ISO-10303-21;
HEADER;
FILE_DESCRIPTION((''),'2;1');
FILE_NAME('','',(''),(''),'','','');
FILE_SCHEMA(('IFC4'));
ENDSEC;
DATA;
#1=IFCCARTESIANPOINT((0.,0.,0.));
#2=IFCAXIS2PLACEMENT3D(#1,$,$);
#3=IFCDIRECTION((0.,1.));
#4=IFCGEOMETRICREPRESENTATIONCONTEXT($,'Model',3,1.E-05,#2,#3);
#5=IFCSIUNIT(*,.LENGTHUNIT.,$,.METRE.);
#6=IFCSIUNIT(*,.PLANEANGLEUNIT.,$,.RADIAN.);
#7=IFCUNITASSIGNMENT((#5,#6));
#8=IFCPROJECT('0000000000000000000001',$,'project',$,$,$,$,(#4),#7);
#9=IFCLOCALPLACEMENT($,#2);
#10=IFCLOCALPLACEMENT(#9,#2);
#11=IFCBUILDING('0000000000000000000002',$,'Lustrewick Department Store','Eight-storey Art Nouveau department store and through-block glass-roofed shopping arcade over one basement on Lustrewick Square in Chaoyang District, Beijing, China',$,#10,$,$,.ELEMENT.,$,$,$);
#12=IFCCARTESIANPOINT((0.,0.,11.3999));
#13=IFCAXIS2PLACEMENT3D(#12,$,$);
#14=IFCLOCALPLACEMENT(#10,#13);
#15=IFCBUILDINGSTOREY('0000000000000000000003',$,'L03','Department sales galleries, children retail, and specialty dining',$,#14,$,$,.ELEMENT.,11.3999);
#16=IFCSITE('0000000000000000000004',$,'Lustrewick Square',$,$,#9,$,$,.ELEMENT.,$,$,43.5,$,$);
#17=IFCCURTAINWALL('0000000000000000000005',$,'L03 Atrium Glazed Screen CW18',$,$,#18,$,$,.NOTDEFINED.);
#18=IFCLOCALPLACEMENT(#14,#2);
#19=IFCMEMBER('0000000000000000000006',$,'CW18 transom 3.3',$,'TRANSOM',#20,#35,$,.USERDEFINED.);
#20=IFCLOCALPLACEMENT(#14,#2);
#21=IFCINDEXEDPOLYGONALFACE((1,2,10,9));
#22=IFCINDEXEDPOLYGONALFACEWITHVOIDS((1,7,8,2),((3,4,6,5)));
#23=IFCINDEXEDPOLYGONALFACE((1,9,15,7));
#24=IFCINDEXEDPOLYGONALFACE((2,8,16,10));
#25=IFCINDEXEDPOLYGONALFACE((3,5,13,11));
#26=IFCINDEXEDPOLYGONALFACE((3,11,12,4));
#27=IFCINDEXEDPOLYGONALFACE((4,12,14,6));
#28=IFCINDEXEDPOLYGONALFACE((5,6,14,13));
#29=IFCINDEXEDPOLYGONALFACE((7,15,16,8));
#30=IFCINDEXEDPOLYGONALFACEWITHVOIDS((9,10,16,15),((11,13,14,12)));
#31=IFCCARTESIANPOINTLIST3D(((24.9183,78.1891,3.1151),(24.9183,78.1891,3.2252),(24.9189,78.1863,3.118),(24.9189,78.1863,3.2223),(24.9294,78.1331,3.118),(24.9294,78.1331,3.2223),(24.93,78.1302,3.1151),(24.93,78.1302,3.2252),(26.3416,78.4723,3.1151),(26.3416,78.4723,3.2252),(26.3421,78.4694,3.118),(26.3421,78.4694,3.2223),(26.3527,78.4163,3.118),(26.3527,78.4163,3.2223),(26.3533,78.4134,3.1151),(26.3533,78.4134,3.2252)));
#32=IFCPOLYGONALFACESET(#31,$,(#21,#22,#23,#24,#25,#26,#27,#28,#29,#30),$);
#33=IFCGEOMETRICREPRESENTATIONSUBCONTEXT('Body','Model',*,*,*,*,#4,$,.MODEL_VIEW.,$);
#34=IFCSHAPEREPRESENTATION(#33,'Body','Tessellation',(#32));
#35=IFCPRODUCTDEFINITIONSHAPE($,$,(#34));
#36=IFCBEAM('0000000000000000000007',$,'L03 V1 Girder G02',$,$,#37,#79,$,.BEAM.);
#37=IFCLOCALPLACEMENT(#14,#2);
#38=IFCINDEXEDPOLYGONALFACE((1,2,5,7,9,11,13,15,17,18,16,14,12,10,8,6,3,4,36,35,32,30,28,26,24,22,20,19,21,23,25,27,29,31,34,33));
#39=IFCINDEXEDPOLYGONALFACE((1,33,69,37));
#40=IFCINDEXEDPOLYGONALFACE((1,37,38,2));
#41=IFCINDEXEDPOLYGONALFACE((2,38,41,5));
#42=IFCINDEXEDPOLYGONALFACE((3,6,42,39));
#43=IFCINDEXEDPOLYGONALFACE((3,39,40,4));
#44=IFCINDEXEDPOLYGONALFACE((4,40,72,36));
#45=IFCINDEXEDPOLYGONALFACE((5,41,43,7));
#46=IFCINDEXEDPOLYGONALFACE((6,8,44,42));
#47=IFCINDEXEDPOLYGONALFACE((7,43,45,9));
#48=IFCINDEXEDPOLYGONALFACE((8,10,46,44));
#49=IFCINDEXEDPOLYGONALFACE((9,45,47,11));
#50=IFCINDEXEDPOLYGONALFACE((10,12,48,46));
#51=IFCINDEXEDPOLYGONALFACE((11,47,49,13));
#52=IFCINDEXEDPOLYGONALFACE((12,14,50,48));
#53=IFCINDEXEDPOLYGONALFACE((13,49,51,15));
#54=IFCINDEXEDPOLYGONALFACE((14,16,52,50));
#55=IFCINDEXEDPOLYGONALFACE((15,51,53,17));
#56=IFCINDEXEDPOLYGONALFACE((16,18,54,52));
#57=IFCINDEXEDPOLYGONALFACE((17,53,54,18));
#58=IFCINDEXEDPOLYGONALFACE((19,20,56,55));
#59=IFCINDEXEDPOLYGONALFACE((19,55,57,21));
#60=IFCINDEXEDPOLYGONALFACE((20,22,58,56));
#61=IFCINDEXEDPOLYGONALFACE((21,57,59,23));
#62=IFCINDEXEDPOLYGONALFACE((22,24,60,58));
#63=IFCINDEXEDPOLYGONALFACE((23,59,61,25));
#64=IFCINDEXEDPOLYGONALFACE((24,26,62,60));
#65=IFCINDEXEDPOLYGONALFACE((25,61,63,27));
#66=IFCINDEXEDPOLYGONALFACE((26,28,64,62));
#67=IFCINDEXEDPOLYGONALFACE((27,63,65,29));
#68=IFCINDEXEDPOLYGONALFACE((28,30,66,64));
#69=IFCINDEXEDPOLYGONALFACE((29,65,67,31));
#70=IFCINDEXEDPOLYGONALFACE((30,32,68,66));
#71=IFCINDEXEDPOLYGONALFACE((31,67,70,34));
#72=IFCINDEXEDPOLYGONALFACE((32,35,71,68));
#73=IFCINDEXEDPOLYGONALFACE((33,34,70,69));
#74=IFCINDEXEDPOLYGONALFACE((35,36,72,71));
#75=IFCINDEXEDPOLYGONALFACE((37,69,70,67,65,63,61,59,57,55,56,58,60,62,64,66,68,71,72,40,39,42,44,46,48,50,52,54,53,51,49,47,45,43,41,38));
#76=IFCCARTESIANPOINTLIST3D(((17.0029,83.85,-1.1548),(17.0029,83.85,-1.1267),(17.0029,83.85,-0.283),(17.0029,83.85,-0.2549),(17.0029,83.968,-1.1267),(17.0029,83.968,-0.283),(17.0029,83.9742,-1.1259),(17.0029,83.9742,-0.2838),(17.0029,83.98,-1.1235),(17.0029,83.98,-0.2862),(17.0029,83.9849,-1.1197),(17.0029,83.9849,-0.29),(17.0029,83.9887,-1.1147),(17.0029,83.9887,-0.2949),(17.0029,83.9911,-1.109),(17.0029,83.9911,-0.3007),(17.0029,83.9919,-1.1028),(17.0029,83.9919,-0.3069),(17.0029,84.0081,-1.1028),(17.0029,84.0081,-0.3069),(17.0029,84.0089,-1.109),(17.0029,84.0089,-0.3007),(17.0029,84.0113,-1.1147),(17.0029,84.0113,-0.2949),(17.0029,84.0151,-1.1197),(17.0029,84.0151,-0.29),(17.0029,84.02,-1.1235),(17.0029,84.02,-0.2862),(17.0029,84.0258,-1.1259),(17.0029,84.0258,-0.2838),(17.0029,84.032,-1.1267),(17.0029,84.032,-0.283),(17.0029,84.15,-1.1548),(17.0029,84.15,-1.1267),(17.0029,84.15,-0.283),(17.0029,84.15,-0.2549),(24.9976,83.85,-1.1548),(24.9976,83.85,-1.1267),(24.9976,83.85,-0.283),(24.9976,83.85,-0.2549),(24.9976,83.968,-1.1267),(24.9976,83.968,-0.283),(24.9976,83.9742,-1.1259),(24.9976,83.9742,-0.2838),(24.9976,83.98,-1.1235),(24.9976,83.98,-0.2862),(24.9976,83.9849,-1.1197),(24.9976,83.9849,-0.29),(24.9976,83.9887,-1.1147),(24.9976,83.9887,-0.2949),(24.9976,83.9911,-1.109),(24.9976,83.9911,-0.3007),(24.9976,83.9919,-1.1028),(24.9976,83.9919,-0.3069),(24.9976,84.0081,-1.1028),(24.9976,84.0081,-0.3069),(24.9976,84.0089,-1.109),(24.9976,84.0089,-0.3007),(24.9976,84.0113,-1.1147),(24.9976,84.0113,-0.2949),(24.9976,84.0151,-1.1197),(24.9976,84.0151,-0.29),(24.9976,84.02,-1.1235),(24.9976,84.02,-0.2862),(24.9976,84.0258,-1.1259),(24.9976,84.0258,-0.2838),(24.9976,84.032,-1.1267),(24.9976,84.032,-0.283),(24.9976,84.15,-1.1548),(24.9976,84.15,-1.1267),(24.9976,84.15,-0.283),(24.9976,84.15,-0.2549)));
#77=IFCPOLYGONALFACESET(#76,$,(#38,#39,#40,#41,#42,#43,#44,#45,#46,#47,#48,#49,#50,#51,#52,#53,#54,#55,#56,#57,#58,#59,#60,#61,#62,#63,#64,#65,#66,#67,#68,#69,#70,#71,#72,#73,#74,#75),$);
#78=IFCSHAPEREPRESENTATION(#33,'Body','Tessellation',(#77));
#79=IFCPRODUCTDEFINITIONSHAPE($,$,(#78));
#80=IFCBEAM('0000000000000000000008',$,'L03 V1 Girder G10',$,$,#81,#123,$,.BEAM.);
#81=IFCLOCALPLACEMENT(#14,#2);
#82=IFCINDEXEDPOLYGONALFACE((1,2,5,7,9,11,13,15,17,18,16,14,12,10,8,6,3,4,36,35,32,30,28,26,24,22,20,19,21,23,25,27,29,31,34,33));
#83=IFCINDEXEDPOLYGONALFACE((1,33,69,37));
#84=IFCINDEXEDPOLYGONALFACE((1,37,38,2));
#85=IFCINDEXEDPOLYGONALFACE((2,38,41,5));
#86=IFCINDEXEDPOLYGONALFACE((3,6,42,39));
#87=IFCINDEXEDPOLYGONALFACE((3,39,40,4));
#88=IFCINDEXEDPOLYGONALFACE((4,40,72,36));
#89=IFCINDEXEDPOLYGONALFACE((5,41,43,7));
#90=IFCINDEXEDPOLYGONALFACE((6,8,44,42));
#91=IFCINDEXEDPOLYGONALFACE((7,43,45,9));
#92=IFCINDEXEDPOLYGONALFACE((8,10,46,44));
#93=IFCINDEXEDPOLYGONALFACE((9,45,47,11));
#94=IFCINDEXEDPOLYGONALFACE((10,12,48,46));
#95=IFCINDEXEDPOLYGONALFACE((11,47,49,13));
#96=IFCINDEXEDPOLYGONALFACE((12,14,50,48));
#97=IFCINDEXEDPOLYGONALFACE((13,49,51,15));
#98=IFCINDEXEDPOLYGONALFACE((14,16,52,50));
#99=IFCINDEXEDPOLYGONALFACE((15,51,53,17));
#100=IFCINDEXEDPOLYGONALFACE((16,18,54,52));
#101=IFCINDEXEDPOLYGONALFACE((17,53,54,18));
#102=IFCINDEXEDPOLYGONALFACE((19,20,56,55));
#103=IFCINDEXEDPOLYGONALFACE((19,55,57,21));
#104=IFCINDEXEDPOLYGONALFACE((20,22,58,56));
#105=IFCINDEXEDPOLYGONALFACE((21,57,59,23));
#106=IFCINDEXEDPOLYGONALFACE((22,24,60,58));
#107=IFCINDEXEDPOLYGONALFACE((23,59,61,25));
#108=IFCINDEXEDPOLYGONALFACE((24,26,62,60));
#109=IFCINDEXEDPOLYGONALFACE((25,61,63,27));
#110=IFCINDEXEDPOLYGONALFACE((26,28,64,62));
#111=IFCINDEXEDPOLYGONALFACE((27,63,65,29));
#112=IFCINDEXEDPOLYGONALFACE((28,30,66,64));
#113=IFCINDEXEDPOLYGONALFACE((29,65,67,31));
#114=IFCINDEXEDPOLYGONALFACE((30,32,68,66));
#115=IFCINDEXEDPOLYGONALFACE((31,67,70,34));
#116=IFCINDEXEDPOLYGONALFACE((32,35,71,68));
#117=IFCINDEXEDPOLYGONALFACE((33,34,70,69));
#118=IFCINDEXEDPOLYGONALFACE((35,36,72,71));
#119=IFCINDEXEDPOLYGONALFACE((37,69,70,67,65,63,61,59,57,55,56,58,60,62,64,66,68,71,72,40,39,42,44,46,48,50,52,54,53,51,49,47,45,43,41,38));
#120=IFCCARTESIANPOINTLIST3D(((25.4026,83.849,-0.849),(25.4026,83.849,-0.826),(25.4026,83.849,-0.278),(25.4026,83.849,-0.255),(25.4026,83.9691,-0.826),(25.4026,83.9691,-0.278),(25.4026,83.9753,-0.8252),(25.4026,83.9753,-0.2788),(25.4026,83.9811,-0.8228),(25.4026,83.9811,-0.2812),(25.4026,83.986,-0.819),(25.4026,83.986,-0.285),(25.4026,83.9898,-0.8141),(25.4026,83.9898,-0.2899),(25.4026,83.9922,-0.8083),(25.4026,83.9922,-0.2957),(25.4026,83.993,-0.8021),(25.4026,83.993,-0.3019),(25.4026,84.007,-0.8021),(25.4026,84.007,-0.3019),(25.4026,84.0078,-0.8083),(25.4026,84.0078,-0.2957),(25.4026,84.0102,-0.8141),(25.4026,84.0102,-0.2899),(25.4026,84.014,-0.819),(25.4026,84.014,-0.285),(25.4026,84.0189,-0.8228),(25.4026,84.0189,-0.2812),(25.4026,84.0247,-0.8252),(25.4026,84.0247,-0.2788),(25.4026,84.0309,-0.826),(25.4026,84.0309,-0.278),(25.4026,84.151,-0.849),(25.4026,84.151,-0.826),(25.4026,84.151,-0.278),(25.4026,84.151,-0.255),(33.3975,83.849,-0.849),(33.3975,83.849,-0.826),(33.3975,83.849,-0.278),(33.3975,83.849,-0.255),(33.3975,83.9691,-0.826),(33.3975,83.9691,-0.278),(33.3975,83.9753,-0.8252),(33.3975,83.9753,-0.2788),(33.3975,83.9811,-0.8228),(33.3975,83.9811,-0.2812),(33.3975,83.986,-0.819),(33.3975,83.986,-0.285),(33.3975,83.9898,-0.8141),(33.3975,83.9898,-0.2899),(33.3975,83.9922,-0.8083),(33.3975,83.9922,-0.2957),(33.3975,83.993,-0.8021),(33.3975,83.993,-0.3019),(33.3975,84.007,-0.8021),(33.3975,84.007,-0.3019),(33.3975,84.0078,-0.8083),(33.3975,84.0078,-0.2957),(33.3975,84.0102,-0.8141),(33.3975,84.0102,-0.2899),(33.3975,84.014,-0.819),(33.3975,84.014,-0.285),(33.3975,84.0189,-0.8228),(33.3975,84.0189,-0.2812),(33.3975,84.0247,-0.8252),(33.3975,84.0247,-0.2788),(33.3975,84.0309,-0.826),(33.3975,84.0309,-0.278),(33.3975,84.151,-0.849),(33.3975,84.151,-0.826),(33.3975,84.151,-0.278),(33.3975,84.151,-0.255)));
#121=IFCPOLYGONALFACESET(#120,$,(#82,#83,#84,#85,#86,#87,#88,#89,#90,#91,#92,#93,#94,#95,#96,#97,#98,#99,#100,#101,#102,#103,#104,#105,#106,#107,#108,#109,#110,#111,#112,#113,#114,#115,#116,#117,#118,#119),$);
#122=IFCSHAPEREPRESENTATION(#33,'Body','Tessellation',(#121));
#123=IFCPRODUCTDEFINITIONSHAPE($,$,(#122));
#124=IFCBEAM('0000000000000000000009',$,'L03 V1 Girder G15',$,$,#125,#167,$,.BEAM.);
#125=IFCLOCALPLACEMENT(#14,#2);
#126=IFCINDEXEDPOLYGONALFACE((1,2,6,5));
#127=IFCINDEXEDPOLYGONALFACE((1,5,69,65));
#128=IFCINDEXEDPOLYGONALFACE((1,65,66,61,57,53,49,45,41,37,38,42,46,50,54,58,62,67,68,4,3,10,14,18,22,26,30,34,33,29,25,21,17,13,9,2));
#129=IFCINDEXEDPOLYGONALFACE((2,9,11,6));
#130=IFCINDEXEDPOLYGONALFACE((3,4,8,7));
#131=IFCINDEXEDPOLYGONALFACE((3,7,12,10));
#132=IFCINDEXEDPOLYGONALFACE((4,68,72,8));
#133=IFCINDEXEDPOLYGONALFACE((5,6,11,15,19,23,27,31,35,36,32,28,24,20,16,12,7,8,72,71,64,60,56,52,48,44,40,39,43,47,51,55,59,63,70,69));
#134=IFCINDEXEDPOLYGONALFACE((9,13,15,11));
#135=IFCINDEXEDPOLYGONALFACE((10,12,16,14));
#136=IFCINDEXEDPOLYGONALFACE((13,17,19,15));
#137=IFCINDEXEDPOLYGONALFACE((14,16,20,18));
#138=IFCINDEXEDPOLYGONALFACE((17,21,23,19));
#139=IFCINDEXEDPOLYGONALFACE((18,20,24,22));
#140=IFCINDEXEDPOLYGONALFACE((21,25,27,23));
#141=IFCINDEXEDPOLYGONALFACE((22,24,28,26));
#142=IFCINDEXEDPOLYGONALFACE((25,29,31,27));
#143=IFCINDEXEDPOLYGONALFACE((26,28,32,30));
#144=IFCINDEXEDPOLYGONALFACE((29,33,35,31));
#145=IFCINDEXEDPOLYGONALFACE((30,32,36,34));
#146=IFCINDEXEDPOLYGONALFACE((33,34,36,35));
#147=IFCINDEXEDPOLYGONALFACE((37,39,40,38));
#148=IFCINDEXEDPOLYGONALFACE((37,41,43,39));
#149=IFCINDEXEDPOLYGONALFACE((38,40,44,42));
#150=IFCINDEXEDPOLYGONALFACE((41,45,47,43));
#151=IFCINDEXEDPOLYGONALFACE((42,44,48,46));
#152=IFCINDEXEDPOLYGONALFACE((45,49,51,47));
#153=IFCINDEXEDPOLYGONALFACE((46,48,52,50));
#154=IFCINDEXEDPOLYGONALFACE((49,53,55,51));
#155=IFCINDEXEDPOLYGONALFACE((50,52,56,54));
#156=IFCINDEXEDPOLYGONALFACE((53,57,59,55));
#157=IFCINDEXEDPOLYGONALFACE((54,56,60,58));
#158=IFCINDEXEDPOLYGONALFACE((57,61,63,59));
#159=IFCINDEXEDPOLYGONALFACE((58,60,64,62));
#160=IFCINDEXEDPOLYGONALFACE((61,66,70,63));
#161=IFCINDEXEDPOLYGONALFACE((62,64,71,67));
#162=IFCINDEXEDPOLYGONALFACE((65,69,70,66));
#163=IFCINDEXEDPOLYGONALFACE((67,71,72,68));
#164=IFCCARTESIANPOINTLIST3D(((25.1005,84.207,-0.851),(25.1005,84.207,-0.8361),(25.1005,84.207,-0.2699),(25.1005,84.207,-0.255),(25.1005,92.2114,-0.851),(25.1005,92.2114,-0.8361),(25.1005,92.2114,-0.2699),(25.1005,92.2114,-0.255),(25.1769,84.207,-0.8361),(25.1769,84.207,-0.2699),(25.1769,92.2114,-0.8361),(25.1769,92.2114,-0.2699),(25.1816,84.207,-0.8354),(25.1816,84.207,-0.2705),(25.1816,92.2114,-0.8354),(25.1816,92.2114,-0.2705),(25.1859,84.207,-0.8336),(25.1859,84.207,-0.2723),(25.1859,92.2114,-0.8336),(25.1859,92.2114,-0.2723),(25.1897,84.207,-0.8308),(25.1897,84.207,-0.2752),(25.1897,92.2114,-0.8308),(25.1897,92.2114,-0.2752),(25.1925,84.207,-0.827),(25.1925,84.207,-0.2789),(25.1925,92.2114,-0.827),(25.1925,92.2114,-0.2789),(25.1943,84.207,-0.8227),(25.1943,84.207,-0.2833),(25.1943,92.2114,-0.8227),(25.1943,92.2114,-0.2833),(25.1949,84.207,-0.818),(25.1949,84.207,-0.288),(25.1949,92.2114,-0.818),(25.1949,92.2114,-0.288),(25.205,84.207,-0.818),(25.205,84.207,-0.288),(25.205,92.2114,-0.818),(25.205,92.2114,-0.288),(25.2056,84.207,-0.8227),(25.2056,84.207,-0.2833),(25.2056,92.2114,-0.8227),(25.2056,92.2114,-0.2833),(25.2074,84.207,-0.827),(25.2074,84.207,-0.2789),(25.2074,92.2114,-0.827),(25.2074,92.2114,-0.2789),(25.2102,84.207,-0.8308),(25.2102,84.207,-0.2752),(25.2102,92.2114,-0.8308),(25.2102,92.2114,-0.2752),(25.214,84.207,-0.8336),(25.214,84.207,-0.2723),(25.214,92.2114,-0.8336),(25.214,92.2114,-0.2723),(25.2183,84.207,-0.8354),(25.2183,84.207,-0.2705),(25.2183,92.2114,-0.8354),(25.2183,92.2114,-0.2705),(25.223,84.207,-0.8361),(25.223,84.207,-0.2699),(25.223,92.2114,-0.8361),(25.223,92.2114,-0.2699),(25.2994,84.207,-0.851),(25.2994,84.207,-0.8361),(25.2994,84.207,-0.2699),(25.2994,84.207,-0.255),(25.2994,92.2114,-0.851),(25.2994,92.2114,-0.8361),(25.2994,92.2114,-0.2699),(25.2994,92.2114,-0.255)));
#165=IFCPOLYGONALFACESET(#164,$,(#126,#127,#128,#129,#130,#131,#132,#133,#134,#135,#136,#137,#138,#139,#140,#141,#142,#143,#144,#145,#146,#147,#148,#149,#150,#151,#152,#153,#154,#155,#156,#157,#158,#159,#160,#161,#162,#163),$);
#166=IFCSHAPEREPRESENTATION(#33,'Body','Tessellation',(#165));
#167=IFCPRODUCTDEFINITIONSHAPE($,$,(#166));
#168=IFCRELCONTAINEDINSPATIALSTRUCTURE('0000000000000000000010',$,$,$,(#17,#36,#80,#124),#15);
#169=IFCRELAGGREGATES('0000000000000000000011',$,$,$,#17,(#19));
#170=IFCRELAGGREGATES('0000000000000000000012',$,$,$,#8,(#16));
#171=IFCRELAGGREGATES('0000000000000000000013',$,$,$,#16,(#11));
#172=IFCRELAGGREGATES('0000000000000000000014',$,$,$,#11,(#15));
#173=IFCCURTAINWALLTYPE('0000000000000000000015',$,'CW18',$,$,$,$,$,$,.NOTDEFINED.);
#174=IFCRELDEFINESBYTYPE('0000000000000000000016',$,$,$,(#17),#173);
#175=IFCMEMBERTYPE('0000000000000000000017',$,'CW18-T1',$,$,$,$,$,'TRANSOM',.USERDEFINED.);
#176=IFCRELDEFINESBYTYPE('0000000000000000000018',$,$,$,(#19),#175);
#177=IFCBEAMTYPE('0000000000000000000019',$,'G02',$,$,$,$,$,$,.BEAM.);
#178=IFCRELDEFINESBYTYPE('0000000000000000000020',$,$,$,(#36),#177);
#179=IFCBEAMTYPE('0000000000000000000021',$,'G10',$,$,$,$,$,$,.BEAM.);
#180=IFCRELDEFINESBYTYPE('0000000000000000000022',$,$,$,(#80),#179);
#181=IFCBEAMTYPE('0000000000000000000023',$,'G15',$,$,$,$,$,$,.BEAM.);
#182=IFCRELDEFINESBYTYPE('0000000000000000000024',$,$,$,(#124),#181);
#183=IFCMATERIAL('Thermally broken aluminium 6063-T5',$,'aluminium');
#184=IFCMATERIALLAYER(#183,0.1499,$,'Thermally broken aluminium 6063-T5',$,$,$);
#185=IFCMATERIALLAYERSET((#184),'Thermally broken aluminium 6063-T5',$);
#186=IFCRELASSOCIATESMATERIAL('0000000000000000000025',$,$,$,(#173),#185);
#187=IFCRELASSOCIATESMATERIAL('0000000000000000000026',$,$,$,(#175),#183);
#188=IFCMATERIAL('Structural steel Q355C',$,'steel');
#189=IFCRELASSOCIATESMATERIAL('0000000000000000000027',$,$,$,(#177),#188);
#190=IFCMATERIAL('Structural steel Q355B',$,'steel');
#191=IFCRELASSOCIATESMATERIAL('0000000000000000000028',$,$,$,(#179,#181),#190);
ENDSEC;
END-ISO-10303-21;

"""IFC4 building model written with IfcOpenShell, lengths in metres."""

from ifc_helpers import new_model, si_unit, direction, frame, origin, origin_2d, place, context, subcontext, project, spatial, hollow_rectangle, i_section, extrude, material, layer, layer_set, material_profile, profile_set, type_object, element, aggregate, save


model = new_model("IFC4")

# Units and contexts
model_context = context("Model", 3, precision=1e-05, world=origin(), true_north=direction((0.0, 1.0)))
body_context = subcontext(model_context, "Body", "Model", "MODEL_VIEW")
ifc_project = project(units=[si_unit("LENGTHUNIT", "METRE"), si_unit("PLANEANGLEUNIT", "RADIAN")], contexts=[model_context])

# Site, building, storey
site_placement = place(None, origin())
site = spatial("IfcSite", under=ifc_project, at=site_placement, Name="Lustrewick Square", CompositionType="ELEMENT", RefElevation=43.5)
building_placement = place(site_placement, origin())
building = spatial("IfcBuilding", under=site, at=building_placement, Name="Lustrewick Department Store", Description="Eight-storey Art Nouveau department store and through-block glass-roofed shopping arcade over one basement on Lustrewick Square in Chaoyang District, Beijing, China", CompositionType="ELEMENT")
storey_placement = place(building_placement, frame((0.0, 0.0, 11.3999)))
storey = spatial("IfcBuildingStorey", under=building, at=storey_placement, Name="L03", Description="Department sales galleries, children retail, and specialty dining", CompositionType="ELEMENT", Elevation=11.3999)

# Shared definitions
ifc_material_1 = material(Name="Structural steel Q355B", Category="steel")

# Curtain wall, member
ifc_material_2 = material(Name="Thermally broken aluminium 6063-T5", Category="aluminium")
ifc_layer_1 = layer(ifc_material_2, 0.1499, Name="Thermally broken aluminium 6063-T5")
ifc_layer_set_1 = layer_set([ifc_layer_1], Name="Thermally broken aluminium 6063-T5")
curtain_wall_type_1 = type_object("IfcCurtainWallType", Name="CW18", PredefinedType="NOTDEFINED", material=ifc_layer_set_1)
curtain_wall_1_placement = place(storey_placement, origin())
curtain_wall_1 = element("IfcCurtainWall", 1, at=curtain_wall_1_placement, inside=storey, type_object=curtain_wall_type_1, Name="L03 Atrium Glazed Screen CW18", PredefinedType="NOTDEFINED")
ifc_material_profile_1 = material_profile(ifc_material_2, hollow_rectangle(XDim=0.0601, YDim=0.1101, WallThickness=0.0029, at=origin_2d()), Name="ALU-T 60x110x3")
ifc_profile_set_1 = profile_set([ifc_material_profile_1], Name="Thermally broken aluminium 6063-T5")
member_type_1 = type_object("IfcMemberType", Name="CW18-T1", ElementType="TRANSOM", PredefinedType="USERDEFINED", material=ifc_profile_set_1)
member_1_placement = place(storey_placement, frame((26.3474, 78.4429, 3.1702), z_axis=(-0.980774, -0.195145, 0.0), x_axis=(0.195145, -0.980774, 0.0)))
member_1 = element("IfcMember", 2, at=member_1_placement, type_object=member_type_1, Name="CW18 transom 3.3", ObjectType="TRANSOM", PredefinedType="USERDEFINED", context=body_context, shape_type="SweptSolid", body=[
    extrude(hollow_rectangle(XDim=0.0601, YDim=0.1101, WallThickness=0.0029, at=origin_2d()), origin(), (0.0, 0.0, 1.0), 1.4512),
])

# Beams
ifc_material_3 = material(Name="Structural steel Q355C", Category="steel")
ifc_material_profile_2 = material_profile(ifc_material_3, i_section(OverallWidth=0.3, OverallDepth=0.8999, WebThickness=0.0161, FlangeThickness=0.0281, FilletRadius=0.0239, at=origin_2d()), Name="HN 900x300x16x28")
ifc_profile_set_2 = profile_set([ifc_material_profile_2], Name="Structural steel Q355C")
beam_type_1 = type_object("IfcBeamType", Name="G02", PredefinedType="BEAM", material=ifc_profile_set_2)
beam_1_placement = place(storey_placement, frame((17.0029, 84.0, -0.7048), z_axis=(1.0, 0.0, 0.0), x_axis=(0.0, 1.0, 0.0)))
element("IfcBeam", 3, at=beam_1_placement, inside=storey, type_object=beam_type_1, Name="L03 V1 Girder G02", PredefinedType="BEAM", context=body_context, shape_type="SweptSolid", body=[
    extrude(i_section(OverallWidth=0.3, OverallDepth=0.8999, WebThickness=0.0161, FlangeThickness=0.0281, FilletRadius=0.0239, at=origin_2d()), origin(), (0.0, 0.0, 1.0), 7.9946),
])
ifc_material_profile_3 = material_profile(ifc_material_1, i_section(OverallWidth=0.302, OverallDepth=0.594, WebThickness=0.0139, FlangeThickness=0.0229, FilletRadius=0.0239, at=origin_2d()), Name="HM 594x302x14x23")
ifc_profile_set_3 = profile_set([ifc_material_profile_3], Name="Structural steel Q355B")
beam_type_2 = type_object("IfcBeamType", Name="G10", PredefinedType="BEAM", material=ifc_profile_set_3)
beam_2_placement = place(storey_placement, frame((25.4026, 84.0, -0.552), z_axis=(1.0, 0.0, 0.0), x_axis=(0.0, 1.0, 0.0)))
element("IfcBeam", 4, at=beam_2_placement, inside=storey, type_object=beam_type_2, Name="L03 V1 Girder G10", PredefinedType="BEAM", context=body_context, shape_type="SweptSolid", body=[
    extrude(i_section(OverallWidth=0.302, OverallDepth=0.594, WebThickness=0.0139, FlangeThickness=0.0229, FilletRadius=0.0239, at=origin_2d()), origin(), (0.0, 0.0, 1.0), 7.9949),
])
ifc_material_profile_4 = material_profile(ifc_material_1, i_section(OverallWidth=0.199, OverallDepth=0.5959, WebThickness=0.01, FlangeThickness=0.0149, FilletRadius=0.0181, at=origin_2d()), Name="HN 596x199x10x15")
ifc_profile_set_4 = profile_set([ifc_material_profile_4], Name="Structural steel Q355B")
beam_type_3 = type_object("IfcBeamType", Name="G15", PredefinedType="BEAM", material=ifc_profile_set_4)
beam_3_placement = place(storey_placement, frame((25.2, 84.207, -0.553), z_axis=(0.0, 1.0, 0.0), x_axis=(-1.0, 0.0, 0.0)))
element("IfcBeam", 5, at=beam_3_placement, inside=storey, type_object=beam_type_3, Name="L03 V1 Girder G15", PredefinedType="BEAM", context=body_context, shape_type="SweptSolid", body=[
    extrude(i_section(OverallWidth=0.199, OverallDepth=0.5959, WebThickness=0.01, FlangeThickness=0.0149, FilletRadius=0.0181, at=origin_2d()), origin(), (0.0, 0.0, 1.0), 8.0044),
])

aggregate(curtain_wall_1, [member_1])

save(model, "model.ifc")
